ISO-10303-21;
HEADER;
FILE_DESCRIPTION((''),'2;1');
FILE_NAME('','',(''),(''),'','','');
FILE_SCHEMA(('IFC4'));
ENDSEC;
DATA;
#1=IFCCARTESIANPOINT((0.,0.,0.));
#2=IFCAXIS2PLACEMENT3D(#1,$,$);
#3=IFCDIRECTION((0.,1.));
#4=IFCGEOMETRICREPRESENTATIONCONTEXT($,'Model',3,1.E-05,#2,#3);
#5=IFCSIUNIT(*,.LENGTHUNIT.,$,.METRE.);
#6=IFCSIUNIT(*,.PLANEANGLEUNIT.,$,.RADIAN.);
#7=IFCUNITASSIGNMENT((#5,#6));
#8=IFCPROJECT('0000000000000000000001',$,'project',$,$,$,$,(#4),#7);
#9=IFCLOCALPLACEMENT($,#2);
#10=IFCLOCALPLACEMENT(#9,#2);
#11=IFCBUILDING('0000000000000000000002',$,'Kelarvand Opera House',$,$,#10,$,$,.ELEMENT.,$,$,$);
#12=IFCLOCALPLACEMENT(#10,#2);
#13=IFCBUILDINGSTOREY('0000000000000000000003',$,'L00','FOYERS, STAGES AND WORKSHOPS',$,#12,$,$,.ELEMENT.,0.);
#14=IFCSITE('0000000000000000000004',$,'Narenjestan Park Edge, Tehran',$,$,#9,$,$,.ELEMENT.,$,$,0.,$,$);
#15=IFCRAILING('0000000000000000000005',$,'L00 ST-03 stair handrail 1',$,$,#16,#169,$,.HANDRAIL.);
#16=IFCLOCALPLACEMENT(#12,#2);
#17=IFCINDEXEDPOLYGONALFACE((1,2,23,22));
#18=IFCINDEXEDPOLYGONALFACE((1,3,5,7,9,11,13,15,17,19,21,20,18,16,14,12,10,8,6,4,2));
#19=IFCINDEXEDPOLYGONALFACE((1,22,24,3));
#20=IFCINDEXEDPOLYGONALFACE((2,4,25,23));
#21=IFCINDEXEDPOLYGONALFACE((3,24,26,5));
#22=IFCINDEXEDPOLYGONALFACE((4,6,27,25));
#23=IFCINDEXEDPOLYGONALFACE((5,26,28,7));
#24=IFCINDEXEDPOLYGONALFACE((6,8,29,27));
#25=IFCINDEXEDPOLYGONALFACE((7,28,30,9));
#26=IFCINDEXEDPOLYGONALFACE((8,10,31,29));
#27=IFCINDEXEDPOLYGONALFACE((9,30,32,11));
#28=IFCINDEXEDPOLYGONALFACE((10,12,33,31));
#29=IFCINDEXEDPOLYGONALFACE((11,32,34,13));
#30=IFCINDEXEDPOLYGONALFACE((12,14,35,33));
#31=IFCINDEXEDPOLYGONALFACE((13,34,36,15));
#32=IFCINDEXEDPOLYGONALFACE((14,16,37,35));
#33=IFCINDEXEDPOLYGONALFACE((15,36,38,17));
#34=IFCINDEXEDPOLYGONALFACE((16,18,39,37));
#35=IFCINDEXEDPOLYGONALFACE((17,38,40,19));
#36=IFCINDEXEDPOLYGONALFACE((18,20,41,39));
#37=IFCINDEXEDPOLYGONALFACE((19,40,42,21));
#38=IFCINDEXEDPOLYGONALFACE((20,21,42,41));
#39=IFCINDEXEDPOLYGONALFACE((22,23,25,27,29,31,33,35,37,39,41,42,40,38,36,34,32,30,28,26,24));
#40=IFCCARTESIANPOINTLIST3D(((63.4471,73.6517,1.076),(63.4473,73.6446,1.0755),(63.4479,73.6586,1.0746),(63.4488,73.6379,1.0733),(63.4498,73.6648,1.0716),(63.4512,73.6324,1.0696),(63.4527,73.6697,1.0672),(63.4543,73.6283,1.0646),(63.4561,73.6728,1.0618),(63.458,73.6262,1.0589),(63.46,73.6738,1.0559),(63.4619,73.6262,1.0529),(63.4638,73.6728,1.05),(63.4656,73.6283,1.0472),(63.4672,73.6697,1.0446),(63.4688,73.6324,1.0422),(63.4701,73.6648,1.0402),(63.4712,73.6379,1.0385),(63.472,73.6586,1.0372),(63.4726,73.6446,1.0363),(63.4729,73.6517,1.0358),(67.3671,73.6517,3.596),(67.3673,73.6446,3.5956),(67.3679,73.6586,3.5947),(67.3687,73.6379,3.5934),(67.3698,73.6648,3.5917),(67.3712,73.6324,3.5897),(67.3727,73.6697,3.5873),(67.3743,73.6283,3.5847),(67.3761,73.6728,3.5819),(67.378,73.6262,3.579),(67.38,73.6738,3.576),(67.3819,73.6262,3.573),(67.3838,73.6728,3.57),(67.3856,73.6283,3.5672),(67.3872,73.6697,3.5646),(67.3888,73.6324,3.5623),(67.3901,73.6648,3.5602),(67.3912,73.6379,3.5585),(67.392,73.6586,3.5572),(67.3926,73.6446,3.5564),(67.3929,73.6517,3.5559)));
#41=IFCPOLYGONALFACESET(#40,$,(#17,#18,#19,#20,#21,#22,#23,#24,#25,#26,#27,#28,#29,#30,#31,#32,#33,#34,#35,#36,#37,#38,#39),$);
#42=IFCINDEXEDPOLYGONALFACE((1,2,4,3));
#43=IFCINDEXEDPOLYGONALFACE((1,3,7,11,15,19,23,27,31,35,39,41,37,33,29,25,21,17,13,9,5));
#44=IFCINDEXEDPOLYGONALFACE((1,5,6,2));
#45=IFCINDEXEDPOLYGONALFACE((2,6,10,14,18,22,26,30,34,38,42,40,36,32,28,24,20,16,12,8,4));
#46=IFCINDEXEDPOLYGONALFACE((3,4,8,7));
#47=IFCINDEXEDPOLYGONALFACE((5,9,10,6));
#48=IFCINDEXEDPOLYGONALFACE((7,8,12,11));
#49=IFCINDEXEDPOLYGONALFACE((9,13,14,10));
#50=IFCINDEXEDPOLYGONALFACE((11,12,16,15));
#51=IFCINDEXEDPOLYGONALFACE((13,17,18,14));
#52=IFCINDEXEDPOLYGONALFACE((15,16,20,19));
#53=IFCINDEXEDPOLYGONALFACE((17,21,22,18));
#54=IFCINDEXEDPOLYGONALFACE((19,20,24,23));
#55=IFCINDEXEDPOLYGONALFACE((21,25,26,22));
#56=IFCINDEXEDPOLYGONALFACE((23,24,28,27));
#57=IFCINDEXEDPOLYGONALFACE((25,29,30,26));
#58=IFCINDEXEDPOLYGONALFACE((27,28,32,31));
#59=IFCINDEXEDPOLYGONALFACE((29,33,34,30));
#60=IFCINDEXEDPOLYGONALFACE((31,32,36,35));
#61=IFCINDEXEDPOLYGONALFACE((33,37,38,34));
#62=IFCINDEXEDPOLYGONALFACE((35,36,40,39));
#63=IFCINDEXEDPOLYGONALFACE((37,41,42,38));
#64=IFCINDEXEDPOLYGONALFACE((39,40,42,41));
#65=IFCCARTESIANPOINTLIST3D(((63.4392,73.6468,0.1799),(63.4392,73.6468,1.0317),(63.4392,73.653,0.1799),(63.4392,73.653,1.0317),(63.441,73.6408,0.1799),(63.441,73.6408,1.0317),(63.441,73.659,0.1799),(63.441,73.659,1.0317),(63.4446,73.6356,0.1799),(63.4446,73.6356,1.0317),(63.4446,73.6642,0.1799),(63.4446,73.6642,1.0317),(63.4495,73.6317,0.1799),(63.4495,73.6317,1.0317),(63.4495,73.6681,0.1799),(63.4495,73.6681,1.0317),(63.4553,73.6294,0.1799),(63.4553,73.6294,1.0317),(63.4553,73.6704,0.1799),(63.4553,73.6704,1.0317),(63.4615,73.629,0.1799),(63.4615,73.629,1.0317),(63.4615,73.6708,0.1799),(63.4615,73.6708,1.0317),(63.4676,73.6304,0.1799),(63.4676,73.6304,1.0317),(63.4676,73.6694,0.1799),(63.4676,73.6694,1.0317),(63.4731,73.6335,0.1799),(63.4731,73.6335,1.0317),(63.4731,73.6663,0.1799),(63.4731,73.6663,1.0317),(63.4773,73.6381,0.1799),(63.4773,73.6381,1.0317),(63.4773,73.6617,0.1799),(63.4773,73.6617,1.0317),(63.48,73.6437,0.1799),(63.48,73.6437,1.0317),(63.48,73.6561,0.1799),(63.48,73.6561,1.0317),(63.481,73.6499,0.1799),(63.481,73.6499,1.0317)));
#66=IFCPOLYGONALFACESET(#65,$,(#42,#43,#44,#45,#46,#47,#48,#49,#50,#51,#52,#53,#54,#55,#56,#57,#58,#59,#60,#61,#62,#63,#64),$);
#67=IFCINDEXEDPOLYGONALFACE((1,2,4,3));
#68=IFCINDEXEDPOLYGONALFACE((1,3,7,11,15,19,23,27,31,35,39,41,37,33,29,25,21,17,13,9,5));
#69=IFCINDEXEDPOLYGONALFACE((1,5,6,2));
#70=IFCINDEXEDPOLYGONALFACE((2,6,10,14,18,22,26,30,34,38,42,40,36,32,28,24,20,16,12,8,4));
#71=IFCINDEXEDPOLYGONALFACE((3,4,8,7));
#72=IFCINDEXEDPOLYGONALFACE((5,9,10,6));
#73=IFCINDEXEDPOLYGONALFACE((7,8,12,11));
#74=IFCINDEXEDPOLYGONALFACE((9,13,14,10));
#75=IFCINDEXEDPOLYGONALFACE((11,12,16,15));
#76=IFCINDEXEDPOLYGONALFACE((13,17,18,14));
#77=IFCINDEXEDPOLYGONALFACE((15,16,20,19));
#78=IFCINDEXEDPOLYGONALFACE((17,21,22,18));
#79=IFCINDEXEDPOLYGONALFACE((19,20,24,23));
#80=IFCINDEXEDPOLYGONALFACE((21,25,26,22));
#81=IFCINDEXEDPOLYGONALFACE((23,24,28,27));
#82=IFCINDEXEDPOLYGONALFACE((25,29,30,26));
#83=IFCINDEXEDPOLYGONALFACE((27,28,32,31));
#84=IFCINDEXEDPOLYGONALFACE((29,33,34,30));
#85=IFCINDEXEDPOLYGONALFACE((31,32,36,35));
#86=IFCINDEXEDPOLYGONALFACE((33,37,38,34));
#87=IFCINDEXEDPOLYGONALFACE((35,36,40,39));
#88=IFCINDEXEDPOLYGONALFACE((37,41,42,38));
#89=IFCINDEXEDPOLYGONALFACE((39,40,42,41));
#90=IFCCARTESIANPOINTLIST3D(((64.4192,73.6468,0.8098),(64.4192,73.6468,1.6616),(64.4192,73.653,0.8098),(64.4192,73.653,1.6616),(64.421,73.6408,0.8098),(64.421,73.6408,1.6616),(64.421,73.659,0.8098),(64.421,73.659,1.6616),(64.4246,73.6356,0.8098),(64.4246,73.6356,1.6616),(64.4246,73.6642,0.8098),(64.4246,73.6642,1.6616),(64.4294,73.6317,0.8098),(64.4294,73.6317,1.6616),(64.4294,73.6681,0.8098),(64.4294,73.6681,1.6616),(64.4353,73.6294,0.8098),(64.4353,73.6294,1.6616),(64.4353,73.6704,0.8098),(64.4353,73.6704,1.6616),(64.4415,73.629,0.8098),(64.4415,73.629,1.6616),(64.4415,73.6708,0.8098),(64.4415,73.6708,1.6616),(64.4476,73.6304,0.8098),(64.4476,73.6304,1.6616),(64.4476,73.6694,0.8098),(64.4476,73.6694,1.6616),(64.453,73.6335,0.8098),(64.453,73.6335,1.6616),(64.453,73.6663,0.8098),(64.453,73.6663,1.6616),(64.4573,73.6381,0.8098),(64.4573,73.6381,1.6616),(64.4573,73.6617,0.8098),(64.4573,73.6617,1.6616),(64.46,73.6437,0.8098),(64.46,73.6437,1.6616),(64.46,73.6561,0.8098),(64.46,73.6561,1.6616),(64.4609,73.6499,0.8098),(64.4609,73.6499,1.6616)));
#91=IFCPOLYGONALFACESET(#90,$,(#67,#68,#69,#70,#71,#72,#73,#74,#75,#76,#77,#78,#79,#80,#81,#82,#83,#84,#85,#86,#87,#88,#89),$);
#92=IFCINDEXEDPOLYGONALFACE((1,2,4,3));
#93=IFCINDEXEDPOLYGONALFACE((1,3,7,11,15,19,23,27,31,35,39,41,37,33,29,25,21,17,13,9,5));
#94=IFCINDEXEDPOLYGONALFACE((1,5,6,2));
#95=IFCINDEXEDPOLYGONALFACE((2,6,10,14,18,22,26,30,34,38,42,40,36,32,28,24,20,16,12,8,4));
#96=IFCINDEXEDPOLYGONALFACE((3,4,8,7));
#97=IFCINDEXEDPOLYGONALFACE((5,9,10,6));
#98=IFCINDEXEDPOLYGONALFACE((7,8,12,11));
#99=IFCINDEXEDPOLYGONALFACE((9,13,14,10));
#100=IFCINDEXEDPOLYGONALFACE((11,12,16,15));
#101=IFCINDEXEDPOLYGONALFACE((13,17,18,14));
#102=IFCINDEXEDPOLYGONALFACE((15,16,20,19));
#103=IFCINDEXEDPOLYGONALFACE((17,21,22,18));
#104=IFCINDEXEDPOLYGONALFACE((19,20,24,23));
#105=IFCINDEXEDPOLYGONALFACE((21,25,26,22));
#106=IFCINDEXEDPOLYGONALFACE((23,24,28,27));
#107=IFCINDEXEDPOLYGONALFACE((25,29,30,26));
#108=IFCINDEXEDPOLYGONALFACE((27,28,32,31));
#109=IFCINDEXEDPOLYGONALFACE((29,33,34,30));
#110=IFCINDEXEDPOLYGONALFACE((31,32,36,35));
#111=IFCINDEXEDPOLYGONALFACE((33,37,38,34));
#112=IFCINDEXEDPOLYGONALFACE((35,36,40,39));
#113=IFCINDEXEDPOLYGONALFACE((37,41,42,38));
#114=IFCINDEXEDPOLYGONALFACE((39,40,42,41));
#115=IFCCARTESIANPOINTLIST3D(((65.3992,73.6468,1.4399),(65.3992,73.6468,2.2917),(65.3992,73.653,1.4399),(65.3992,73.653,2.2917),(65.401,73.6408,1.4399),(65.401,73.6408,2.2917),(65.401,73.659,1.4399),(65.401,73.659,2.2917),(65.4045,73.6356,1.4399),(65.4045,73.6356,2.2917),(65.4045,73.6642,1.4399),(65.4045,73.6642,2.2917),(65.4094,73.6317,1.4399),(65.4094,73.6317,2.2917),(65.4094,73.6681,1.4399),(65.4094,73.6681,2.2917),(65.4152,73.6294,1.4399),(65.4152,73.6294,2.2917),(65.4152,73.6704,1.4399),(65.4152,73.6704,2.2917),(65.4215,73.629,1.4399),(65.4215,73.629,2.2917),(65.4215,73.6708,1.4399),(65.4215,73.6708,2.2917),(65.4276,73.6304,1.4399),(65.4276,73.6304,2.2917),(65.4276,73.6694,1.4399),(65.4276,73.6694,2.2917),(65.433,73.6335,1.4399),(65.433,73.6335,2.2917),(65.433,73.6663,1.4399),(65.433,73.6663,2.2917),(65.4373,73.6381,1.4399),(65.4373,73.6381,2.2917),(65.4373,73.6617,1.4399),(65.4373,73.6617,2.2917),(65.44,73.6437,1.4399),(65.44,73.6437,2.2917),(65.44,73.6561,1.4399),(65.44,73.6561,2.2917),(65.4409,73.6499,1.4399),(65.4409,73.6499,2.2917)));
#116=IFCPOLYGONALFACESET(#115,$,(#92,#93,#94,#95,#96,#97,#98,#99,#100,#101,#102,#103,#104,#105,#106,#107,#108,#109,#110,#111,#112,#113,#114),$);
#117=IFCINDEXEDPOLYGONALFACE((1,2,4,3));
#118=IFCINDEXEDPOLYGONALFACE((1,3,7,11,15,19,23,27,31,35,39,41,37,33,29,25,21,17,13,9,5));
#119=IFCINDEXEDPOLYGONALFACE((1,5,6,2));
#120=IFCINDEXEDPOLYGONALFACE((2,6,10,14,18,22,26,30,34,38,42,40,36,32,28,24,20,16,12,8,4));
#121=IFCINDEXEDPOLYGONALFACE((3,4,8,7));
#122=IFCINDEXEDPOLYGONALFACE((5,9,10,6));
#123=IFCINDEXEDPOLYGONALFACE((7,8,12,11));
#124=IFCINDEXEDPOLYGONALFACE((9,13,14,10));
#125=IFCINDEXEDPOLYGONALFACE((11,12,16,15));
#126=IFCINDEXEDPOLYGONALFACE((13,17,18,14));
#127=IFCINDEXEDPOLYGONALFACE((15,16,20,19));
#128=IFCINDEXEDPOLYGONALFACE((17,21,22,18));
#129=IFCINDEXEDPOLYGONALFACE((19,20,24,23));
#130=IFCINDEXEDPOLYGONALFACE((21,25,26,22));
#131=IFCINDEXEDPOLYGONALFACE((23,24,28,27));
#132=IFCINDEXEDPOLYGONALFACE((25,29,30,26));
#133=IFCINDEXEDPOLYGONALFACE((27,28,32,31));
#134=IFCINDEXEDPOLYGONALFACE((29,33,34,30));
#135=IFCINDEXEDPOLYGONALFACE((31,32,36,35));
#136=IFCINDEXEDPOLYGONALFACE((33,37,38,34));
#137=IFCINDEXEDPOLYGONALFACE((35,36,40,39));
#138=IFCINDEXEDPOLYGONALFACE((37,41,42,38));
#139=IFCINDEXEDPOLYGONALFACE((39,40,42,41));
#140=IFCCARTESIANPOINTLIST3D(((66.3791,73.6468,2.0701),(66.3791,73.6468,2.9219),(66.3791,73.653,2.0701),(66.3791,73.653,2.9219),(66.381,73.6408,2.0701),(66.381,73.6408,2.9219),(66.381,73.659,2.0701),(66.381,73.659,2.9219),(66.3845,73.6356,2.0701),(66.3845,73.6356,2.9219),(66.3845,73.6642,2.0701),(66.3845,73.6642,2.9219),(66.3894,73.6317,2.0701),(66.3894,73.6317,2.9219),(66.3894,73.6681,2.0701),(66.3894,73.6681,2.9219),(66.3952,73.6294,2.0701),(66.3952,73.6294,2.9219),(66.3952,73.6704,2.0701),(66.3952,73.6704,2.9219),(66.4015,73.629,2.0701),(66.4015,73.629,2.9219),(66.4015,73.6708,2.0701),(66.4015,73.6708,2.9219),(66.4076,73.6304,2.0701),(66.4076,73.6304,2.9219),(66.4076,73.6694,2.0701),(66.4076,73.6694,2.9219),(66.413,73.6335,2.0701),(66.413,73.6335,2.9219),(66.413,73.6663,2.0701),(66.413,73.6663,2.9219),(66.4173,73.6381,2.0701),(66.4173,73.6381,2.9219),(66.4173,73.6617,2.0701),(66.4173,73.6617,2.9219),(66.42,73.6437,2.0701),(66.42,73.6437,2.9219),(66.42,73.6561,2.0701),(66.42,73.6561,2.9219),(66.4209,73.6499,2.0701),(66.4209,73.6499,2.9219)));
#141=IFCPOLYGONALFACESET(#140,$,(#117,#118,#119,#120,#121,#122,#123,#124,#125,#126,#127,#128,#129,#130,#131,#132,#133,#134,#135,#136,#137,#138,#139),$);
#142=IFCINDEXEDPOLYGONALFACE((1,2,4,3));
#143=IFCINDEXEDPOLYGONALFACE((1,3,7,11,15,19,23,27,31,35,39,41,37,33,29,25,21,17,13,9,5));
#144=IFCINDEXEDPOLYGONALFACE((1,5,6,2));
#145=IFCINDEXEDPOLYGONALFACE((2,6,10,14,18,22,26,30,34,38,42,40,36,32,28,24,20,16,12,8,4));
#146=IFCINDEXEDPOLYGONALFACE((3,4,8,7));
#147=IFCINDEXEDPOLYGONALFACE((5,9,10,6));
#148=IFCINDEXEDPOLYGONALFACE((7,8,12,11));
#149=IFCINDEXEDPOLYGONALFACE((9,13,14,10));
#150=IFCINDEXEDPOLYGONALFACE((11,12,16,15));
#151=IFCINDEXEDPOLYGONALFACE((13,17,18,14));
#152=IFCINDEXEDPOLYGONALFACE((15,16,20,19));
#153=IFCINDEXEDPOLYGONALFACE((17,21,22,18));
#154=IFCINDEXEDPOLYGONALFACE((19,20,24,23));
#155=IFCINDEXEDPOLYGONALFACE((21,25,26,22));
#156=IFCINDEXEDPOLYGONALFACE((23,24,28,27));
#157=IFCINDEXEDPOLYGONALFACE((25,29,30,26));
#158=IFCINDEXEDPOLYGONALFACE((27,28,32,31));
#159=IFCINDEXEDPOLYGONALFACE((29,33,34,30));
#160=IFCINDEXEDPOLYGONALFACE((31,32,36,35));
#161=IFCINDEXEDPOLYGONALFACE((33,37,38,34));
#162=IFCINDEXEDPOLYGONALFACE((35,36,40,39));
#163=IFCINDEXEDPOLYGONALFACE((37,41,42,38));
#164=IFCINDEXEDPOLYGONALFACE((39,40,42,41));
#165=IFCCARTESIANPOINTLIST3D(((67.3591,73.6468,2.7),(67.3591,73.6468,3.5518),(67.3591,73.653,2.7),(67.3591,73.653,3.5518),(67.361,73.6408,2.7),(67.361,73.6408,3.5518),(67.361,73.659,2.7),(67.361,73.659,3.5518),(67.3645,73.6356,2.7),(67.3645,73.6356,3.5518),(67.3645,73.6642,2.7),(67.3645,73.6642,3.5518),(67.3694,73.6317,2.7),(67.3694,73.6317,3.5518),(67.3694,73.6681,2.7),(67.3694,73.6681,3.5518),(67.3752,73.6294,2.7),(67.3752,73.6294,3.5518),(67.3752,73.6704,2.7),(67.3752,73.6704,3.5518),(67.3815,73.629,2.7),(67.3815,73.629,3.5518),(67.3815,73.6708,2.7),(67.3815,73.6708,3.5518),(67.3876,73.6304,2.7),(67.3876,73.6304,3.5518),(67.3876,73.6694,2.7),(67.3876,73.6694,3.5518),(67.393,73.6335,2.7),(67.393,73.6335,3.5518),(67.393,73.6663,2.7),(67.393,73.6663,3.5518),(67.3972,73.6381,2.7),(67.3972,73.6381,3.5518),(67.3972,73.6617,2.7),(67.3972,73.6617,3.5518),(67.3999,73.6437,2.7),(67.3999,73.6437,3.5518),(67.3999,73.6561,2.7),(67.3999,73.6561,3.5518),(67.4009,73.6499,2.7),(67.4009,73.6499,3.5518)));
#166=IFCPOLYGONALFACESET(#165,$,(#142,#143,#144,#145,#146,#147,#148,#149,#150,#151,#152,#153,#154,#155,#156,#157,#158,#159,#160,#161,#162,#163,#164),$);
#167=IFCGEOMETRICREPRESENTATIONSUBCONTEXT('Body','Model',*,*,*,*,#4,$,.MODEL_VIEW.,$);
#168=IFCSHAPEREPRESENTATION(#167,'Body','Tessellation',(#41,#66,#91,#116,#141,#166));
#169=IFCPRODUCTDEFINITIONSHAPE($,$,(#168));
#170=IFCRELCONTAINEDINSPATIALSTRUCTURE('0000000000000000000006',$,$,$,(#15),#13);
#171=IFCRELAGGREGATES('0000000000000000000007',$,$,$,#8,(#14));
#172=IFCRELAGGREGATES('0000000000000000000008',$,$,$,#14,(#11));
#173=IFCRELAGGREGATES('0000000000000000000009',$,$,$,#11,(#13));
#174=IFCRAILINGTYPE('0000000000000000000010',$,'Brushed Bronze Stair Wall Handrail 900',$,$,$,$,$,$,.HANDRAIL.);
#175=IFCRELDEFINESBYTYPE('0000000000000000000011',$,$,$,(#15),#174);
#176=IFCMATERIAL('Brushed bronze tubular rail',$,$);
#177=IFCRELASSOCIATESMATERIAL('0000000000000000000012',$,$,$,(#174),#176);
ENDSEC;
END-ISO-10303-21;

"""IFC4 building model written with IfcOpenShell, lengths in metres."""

from ifc_helpers import new_model, si_unit, direction, frame, origin, origin_2d, place, context, subcontext, project, spatial, circle, extrude, material, type_object, element, save


model = new_model("IFC4")

# Units and contexts
model_context = context("Model", 3, precision=1e-05, world=origin(), true_north=direction((0.0, 1.0)))
body_context = subcontext(model_context, "Body", "Model", "MODEL_VIEW")
ifc_project = project(units=[si_unit("LENGTHUNIT", "METRE"), si_unit("PLANEANGLEUNIT", "RADIAN")], contexts=[model_context])

# Site, building, storey
site_placement = place(None, origin())
site = spatial("IfcSite", under=ifc_project, at=site_placement, Name="Narenjestan Park Edge, Tehran", CompositionType="ELEMENT", RefElevation=0.0)
building_placement = place(site_placement, origin())
building = spatial("IfcBuilding", under=site, at=building_placement, Name="Kelarvand Opera House", CompositionType="ELEMENT")
storey_placement = place(building_placement, origin())
storey = spatial("IfcBuildingStorey", under=building, at=storey_placement, Name="L00", Description="FOYERS, STAGES AND WORKSHOPS", CompositionType="ELEMENT", Elevation=0.0)

# Railing
ifc_material_1 = material(Name="Brushed bronze tubular rail")
railing_type_1 = type_object("IfcRailingType", Name="Brushed Bronze Stair Wall Handrail 900", PredefinedType="HANDRAIL", material=ifc_material_1)
railing_1_placement = place(storey_placement, frame((63.46, 73.6499, 0.1799)))
element("IfcRailing", 1, at=railing_1_placement, inside=storey, type_object=railing_type_1, Name="L00 ST-03 stair handrail 1", PredefinedType="HANDRAIL", context=body_context, shape_type="SweptSolid", body=[
    extrude(circle(Radius=0.0239, at=origin_2d()), frame((0.0, 0.0, 0.876), z_axis=(0.841172, 0.0, 0.540768), x_axis=(0.0, 1.0, 0.0)), (0.0, 0.0, 1.0), 4.6602),
    extrude(circle(Radius=0.021, at=origin_2d()), origin(), (0.0, 0.0, 1.0), 0.8518),
    extrude(circle(Radius=0.021, at=origin_2d()), frame((0.98, 0.0, 0.6299)), (0.0, 0.0, 1.0), 0.8518),
    extrude(circle(Radius=0.021, at=origin_2d()), frame((1.96, 0.0, 1.26)), (0.0, 0.0, 1.0), 0.8518),
    extrude(circle(Radius=0.021, at=origin_2d()), frame((2.9399, 0.0, 1.8901)), (0.0, 0.0, 1.0), 0.8518),
    extrude(circle(Radius=0.021, at=origin_2d()), frame((3.9199, 0.0, 2.52)), (0.0, 0.0, 1.0), 0.8518),
])

save(model, "model.ifc")
